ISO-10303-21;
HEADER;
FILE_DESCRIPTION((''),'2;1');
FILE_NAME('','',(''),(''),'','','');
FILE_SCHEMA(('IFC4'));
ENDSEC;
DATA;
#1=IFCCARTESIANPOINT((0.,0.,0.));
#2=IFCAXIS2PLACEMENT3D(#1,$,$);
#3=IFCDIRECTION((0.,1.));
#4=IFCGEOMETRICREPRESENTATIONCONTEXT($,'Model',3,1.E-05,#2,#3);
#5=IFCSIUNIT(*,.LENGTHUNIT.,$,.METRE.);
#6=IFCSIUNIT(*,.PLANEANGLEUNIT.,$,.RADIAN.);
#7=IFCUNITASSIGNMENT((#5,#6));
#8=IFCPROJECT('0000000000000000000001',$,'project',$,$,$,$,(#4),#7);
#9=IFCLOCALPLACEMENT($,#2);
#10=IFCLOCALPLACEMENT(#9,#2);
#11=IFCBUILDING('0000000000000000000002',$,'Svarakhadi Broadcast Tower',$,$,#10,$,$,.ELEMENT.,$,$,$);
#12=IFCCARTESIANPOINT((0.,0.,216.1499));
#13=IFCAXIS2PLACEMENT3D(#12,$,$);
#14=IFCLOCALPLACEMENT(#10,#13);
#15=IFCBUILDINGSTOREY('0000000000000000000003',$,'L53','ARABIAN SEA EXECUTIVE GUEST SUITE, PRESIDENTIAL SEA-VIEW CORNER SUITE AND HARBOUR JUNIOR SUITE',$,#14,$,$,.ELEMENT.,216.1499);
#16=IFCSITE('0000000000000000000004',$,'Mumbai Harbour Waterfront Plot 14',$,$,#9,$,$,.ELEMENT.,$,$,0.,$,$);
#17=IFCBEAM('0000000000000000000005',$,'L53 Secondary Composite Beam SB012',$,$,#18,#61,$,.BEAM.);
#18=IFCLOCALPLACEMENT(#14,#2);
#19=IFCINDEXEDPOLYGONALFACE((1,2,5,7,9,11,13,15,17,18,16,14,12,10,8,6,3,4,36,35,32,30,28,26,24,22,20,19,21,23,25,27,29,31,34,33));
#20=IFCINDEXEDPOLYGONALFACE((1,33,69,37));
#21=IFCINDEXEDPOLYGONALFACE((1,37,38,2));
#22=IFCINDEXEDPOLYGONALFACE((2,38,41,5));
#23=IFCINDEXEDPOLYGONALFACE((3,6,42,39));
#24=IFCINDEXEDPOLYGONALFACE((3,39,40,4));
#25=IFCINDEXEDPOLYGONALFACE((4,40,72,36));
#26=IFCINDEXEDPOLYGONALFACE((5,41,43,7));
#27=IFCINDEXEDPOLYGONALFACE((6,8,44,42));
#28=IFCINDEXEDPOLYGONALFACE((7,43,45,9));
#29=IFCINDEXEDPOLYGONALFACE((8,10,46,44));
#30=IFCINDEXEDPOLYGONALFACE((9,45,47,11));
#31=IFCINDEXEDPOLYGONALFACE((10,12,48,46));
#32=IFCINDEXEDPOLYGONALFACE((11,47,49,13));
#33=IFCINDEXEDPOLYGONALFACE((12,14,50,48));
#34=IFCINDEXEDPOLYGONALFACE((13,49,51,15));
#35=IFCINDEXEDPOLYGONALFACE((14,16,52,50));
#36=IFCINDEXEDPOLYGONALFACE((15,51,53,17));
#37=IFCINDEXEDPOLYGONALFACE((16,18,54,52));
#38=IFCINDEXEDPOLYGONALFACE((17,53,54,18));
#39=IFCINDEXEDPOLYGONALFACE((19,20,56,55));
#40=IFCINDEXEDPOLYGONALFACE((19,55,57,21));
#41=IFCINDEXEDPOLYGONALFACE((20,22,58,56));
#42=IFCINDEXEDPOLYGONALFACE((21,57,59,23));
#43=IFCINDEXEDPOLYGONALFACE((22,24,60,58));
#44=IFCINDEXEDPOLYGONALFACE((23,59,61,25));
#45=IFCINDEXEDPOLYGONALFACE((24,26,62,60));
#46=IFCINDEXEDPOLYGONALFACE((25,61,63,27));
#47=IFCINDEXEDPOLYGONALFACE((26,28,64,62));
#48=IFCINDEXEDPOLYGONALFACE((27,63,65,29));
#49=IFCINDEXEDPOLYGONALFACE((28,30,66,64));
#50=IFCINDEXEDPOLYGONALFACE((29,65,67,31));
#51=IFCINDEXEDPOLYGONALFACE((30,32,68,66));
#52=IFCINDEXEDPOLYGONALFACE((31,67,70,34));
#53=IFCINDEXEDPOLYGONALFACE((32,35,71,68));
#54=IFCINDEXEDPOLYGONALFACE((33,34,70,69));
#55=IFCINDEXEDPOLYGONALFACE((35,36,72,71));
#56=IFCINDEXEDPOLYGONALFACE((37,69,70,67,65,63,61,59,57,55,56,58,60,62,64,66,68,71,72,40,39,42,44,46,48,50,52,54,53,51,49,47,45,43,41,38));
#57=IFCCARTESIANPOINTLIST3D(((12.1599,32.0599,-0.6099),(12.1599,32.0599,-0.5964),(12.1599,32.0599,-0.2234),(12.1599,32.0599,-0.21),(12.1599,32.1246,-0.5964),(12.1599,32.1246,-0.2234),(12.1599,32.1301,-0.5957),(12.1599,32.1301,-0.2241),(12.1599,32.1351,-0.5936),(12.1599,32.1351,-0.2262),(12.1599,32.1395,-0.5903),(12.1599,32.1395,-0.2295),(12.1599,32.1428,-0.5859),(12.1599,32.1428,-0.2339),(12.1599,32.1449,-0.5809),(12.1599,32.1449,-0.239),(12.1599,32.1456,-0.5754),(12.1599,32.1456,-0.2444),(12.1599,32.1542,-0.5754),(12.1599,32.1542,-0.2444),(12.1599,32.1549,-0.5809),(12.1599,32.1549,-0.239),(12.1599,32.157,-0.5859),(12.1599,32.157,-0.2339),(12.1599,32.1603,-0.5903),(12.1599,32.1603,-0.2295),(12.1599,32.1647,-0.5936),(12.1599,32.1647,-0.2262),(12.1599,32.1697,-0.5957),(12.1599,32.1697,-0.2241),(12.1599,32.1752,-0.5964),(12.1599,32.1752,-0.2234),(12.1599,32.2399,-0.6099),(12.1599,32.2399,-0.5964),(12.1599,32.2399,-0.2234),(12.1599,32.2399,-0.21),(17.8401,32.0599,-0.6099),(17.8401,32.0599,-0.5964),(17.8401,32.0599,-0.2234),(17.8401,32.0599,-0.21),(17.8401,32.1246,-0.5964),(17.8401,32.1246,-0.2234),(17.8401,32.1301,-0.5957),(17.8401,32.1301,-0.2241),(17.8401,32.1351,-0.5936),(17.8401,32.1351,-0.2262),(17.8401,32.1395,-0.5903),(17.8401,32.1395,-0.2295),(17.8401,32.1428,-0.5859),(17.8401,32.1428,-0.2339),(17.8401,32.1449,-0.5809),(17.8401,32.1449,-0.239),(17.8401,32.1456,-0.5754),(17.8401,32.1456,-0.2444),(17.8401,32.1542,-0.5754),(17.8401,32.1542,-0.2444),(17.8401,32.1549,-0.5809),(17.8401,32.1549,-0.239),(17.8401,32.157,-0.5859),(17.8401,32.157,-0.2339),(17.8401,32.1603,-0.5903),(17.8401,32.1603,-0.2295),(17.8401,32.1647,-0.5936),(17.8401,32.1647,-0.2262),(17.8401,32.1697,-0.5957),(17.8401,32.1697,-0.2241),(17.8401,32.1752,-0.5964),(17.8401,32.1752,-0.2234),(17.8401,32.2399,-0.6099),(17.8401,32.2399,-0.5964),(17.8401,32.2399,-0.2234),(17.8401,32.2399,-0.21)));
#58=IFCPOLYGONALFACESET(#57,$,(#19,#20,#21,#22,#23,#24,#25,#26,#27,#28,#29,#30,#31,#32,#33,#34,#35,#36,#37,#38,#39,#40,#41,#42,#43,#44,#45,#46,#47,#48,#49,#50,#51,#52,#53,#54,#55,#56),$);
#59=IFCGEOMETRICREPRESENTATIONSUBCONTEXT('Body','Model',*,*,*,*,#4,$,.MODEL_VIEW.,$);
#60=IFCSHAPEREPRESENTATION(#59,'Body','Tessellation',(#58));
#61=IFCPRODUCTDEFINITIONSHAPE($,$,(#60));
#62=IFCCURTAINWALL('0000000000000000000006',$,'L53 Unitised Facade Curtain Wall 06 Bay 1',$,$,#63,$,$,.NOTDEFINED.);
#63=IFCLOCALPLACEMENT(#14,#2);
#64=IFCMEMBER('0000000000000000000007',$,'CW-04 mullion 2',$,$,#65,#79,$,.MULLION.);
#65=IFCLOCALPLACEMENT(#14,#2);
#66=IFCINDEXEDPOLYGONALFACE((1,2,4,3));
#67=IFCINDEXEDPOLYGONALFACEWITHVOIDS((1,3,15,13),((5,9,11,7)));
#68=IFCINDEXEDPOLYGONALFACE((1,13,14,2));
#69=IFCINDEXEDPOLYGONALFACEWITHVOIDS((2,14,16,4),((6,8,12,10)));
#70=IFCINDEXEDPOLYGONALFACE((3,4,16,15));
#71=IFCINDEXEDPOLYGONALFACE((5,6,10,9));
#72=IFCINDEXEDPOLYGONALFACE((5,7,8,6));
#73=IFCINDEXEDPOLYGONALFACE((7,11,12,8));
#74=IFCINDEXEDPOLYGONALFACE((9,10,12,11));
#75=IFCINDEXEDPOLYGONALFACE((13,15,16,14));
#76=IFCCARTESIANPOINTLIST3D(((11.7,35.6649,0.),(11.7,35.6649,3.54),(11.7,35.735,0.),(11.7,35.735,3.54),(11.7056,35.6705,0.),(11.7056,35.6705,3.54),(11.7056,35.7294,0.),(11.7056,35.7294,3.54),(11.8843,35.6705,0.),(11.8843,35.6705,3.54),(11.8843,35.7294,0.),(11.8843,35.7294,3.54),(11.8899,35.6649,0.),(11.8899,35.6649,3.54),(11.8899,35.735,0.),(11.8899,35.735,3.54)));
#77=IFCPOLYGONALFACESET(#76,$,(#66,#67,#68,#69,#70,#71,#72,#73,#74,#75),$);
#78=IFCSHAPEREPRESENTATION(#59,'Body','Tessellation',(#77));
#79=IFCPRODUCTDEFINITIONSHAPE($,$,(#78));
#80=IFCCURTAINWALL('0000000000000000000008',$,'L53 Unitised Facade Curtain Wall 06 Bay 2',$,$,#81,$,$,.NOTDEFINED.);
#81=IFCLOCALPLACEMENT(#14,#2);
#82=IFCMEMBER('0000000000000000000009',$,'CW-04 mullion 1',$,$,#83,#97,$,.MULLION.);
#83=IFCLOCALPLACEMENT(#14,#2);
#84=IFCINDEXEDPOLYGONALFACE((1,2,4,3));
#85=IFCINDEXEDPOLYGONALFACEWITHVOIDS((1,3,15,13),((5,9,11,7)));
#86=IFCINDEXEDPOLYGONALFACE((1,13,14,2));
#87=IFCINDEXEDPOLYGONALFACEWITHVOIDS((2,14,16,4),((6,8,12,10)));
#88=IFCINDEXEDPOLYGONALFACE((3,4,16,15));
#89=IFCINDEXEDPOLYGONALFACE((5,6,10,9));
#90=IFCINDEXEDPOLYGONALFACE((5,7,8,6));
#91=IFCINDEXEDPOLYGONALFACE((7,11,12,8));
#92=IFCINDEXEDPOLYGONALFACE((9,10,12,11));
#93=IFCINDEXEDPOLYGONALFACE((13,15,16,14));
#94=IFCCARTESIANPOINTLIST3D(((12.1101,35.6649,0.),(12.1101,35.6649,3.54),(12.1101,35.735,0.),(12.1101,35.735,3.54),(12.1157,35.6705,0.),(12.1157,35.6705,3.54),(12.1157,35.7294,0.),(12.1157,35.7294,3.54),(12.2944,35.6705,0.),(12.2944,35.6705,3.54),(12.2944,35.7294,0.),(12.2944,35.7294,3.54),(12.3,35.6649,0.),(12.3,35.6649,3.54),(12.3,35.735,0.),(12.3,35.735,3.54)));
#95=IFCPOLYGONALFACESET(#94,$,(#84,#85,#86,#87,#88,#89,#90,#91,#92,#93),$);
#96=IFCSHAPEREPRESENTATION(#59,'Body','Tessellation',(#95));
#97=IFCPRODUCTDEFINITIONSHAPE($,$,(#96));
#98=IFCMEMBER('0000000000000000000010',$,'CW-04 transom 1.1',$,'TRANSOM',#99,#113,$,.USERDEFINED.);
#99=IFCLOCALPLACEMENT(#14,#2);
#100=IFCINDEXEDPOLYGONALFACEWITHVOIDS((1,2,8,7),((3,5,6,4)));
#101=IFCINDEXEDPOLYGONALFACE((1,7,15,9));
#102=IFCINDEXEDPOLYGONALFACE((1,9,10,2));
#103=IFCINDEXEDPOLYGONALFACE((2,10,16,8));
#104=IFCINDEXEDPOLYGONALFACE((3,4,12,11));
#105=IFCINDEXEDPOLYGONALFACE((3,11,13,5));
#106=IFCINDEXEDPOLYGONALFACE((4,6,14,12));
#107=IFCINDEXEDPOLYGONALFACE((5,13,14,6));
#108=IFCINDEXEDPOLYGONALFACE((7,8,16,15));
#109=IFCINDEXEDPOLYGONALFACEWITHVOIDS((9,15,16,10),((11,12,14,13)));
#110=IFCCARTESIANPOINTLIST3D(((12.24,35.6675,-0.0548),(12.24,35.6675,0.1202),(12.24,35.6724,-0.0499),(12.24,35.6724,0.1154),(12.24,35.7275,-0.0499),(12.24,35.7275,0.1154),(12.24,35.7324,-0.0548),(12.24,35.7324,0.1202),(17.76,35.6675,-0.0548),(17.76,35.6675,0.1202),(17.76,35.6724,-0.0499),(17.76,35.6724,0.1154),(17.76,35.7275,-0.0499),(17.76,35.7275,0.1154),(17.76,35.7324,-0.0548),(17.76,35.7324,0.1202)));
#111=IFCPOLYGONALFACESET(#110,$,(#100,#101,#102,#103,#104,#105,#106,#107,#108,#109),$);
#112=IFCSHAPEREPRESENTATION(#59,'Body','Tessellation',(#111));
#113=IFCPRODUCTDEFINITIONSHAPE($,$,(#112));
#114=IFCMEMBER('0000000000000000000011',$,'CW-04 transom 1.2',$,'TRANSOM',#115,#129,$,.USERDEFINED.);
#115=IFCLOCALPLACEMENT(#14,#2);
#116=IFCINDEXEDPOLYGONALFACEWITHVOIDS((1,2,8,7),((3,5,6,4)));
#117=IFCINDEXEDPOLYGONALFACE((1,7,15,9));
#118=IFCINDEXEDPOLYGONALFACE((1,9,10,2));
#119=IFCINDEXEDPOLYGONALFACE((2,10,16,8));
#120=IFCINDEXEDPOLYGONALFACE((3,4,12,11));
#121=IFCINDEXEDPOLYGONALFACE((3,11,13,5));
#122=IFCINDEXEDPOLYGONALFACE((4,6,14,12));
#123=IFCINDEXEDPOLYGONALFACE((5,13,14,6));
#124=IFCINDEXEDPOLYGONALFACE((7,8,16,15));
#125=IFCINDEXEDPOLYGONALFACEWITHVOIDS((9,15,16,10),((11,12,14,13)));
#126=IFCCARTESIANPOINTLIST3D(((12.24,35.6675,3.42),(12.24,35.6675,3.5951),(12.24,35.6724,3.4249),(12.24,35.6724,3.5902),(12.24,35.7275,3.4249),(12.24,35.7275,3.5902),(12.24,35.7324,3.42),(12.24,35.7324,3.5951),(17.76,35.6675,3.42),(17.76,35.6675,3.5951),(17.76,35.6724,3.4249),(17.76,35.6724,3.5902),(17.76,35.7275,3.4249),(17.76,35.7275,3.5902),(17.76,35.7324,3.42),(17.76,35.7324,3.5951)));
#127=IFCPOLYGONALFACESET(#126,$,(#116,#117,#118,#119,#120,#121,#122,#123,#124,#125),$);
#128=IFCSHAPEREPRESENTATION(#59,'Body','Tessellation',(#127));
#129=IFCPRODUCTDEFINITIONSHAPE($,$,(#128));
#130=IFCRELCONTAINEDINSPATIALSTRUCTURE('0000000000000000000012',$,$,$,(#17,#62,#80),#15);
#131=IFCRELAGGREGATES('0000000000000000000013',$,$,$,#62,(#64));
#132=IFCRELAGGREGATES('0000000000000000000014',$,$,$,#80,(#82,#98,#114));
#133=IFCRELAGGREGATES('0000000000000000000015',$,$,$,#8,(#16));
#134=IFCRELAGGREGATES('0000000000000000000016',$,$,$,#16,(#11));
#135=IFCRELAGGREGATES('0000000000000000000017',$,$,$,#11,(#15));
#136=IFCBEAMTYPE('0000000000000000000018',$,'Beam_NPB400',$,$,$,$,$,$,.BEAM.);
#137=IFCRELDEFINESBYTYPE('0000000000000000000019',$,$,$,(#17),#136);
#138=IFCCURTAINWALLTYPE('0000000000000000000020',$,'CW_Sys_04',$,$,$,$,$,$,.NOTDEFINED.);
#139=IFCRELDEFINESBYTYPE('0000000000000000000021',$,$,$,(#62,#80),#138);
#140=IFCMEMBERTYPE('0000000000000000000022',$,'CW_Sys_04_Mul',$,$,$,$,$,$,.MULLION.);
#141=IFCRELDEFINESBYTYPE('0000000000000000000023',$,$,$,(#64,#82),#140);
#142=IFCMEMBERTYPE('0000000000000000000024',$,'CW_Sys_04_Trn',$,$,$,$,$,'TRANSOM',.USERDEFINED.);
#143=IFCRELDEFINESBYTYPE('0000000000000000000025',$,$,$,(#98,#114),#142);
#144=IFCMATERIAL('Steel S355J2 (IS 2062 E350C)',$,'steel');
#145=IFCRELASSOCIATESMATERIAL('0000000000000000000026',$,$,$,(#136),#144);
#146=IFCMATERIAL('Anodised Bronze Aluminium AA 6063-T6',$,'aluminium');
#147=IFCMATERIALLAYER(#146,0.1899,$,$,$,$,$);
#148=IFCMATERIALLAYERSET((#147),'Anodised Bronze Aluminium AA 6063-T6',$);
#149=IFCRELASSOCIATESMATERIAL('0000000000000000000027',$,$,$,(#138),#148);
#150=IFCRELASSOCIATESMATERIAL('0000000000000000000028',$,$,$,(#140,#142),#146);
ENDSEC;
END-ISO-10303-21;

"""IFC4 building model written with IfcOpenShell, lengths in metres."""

from ifc_helpers import new_model, si_unit, direction, frame, origin, origin_2d, place, context, subcontext, project, spatial, hollow_rectangle, i_section, extrude, material, layer, layer_set, material_profile, profile_set, type_object, element, aggregate, save


model = new_model("IFC4")

# Units and contexts
model_context = context("Model", 3, precision=1e-05, world=origin(), true_north=direction((0.0, 1.0)))
body_context = subcontext(model_context, "Body", "Model", "MODEL_VIEW")
ifc_project = project(units=[si_unit("LENGTHUNIT", "METRE"), si_unit("PLANEANGLEUNIT", "RADIAN")], contexts=[model_context])

# Site, building, storey
site_placement = place(None, origin())
site = spatial("IfcSite", under=ifc_project, at=site_placement, Name="Mumbai Harbour Waterfront Plot 14", CompositionType="ELEMENT", RefElevation=0.0)
building_placement = place(site_placement, origin())
building = spatial("IfcBuilding", under=site, at=building_placement, Name="Svarakhadi Broadcast Tower", CompositionType="ELEMENT")
storey_placement = place(building_placement, frame((0.0, 0.0, 216.1499)))
storey = spatial("IfcBuildingStorey", under=building, at=storey_placement, Name="L53", Description="ARABIAN SEA EXECUTIVE GUEST SUITE, PRESIDENTIAL SEA-VIEW CORNER SUITE AND HARBOUR JUNIOR SUITE", CompositionType="ELEMENT", Elevation=216.1499)

# Beam
ifc_material_1 = material(Name="Steel S355J2 (IS 2062 E350C)", Category="steel")
ifc_material_profile_1 = material_profile(ifc_material_1, i_section(OverallWidth=0.1799, OverallDepth=0.3999, WebThickness=0.0085, FlangeThickness=0.0134, FilletRadius=0.021, at=origin_2d()), Name="NPB 400x180x66")
ifc_profile_set_1 = profile_set([ifc_material_profile_1], Name="Steel S355J2 (IS 2062 E350C)")
beam_type_1 = type_object("IfcBeamType", Name="Beam_NPB400", PredefinedType="BEAM", material=ifc_profile_set_1)
for number, where, z_axis, x_axis, name in (
    (1, (12.1599, 32.1499, -0.4099), (1.0, 0.0, 0.0), (0.0, 1.0, 0.0), "L53 Secondary Composite Beam SB012"),
):
    element("IfcBeam", number, at=place(storey_placement, frame(where, z_axis=z_axis, x_axis=x_axis)), inside=storey, type_object=beam_type_1, Name=name, PredefinedType="BEAM", context=body_context, shape_type="SweptSolid", body=[
        extrude(i_section(OverallWidth=0.1799, OverallDepth=0.3999, WebThickness=0.0085, FlangeThickness=0.0134, FilletRadius=0.021, at=origin_2d()), origin(), (0.0, 0.0, 1.0), 5.6802),
    ])

# Curtain wall, member
ifc_material_2 = material(Name="Anodised Bronze Aluminium AA 6063-T6", Category="aluminium")
ifc_layer_1 = layer(ifc_material_2, 0.1899)
ifc_layer_set_1 = layer_set([ifc_layer_1], Name="Anodised Bronze Aluminium AA 6063-T6")
curtain_wall_type = type_object("IfcCurtainWallType", Name="CW_Sys_04", PredefinedType="NOTDEFINED", material=ifc_layer_set_1)
curtain_wall_1_placement = place(storey_placement, origin())
curtain_wall_1 = element("IfcCurtainWall", 2, at=curtain_wall_1_placement, inside=storey, type_object=curtain_wall_type, Name="L53 Unitised Facade Curtain Wall 06 Bay 1", PredefinedType="NOTDEFINED")
ifc_material_profile_2 = material_profile(ifc_material_2, hollow_rectangle(XDim=0.0701, YDim=0.1899, WallThickness=0.0056, at=origin_2d()), Name="ALU MULLION 190x70x6")
ifc_profile_set_2 = profile_set([ifc_material_profile_2], Name="Anodised Bronze Aluminium AA 6063-T6")
member_type_1 = type_object("IfcMemberType", Name="CW_Sys_04_Mul", PredefinedType="MULLION", material=ifc_profile_set_2)
member_1_placement = place(storey_placement, frame((11.7949, 35.7, 0.0), z_axis=(0.0, 0.0, 1.0), x_axis=(0.0, 1.0, 0.0)))
member_1 = element("IfcMember", 3, at=member_1_placement, type_object=member_type_1, Name="CW-04 mullion 2", PredefinedType="MULLION", context=body_context, shape_type="SweptSolid", body=[
    extrude(hollow_rectangle(XDim=0.0701, YDim=0.1899, WallThickness=0.0056, at=origin_2d()), origin(), (0.0, 0.0, 1.0), 3.54),
])

# Curtain wall, members
curtain_wall_2_placement = place(storey_placement, origin())
curtain_wall_2 = element("IfcCurtainWall", 4, at=curtain_wall_2_placement, inside=storey, type_object=curtain_wall_type, Name="L53 Unitised Facade Curtain Wall 06 Bay 2", PredefinedType="NOTDEFINED")
member_2_placement = place(storey_placement, frame((12.2051, 35.7, 0.0), z_axis=(0.0, 0.0, 1.0), x_axis=(0.0, 1.0, 0.0)))
member_2 = element("IfcMember", 5, at=member_2_placement, type_object=member_type_1, Name="CW-04 mullion 1", PredefinedType="MULLION", context=body_context, shape_type="SweptSolid", body=[
    extrude(hollow_rectangle(XDim=0.0701, YDim=0.1899, WallThickness=0.0056, at=origin_2d()), origin(), (0.0, 0.0, 1.0), 3.54),
])
ifc_material_profile_3 = material_profile(ifc_material_2, hollow_rectangle(XDim=0.0649, YDim=0.175, WallThickness=0.0049, at=origin_2d()), Name="ALU TRANSOM 175x65x5")
ifc_profile_set_3 = profile_set([ifc_material_profile_3], Name="Anodised Bronze Aluminium AA 6063-T6")
member_type_2 = type_object("IfcMemberType", Name="CW_Sys_04_Trn", ElementType="TRANSOM", PredefinedType="USERDEFINED", material=ifc_profile_set_3)
member_3_placement = place(storey_placement, frame((12.24, 35.7, 0.0327), z_axis=(1.0, 0.0, 0.0), x_axis=(0.0, 1.0, 0.0)))
member_3 = element("IfcMember", 6, at=member_3_placement, type_object=member_type_2, Name="CW-04 transom 1.1", ObjectType="TRANSOM", PredefinedType="USERDEFINED", context=body_context, shape_type="SweptSolid", body=[
    extrude(hollow_rectangle(XDim=0.0649, YDim=0.175, WallThickness=0.0049, at=origin_2d()), origin(), (0.0, 0.0, 1.0), 5.52),
])
member_4_placement = place(storey_placement, frame((12.24, 35.7, 3.5076), z_axis=(1.0, 0.0, 0.0), x_axis=(0.0, 1.0, 0.0)))
member_4 = element("IfcMember", 7, at=member_4_placement, type_object=member_type_2, Name="CW-04 transom 1.2", ObjectType="TRANSOM", PredefinedType="USERDEFINED", context=body_context, shape_type="SweptSolid", body=[
    extrude(hollow_rectangle(XDim=0.0649, YDim=0.175, WallThickness=0.0049, at=origin_2d()), origin(), (0.0, 0.0, 1.0), 5.52),
])

aggregate(curtain_wall_1, [member_1])
aggregate(curtain_wall_2, [member_2, member_3, member_4])

save(model, "model.ifc")
